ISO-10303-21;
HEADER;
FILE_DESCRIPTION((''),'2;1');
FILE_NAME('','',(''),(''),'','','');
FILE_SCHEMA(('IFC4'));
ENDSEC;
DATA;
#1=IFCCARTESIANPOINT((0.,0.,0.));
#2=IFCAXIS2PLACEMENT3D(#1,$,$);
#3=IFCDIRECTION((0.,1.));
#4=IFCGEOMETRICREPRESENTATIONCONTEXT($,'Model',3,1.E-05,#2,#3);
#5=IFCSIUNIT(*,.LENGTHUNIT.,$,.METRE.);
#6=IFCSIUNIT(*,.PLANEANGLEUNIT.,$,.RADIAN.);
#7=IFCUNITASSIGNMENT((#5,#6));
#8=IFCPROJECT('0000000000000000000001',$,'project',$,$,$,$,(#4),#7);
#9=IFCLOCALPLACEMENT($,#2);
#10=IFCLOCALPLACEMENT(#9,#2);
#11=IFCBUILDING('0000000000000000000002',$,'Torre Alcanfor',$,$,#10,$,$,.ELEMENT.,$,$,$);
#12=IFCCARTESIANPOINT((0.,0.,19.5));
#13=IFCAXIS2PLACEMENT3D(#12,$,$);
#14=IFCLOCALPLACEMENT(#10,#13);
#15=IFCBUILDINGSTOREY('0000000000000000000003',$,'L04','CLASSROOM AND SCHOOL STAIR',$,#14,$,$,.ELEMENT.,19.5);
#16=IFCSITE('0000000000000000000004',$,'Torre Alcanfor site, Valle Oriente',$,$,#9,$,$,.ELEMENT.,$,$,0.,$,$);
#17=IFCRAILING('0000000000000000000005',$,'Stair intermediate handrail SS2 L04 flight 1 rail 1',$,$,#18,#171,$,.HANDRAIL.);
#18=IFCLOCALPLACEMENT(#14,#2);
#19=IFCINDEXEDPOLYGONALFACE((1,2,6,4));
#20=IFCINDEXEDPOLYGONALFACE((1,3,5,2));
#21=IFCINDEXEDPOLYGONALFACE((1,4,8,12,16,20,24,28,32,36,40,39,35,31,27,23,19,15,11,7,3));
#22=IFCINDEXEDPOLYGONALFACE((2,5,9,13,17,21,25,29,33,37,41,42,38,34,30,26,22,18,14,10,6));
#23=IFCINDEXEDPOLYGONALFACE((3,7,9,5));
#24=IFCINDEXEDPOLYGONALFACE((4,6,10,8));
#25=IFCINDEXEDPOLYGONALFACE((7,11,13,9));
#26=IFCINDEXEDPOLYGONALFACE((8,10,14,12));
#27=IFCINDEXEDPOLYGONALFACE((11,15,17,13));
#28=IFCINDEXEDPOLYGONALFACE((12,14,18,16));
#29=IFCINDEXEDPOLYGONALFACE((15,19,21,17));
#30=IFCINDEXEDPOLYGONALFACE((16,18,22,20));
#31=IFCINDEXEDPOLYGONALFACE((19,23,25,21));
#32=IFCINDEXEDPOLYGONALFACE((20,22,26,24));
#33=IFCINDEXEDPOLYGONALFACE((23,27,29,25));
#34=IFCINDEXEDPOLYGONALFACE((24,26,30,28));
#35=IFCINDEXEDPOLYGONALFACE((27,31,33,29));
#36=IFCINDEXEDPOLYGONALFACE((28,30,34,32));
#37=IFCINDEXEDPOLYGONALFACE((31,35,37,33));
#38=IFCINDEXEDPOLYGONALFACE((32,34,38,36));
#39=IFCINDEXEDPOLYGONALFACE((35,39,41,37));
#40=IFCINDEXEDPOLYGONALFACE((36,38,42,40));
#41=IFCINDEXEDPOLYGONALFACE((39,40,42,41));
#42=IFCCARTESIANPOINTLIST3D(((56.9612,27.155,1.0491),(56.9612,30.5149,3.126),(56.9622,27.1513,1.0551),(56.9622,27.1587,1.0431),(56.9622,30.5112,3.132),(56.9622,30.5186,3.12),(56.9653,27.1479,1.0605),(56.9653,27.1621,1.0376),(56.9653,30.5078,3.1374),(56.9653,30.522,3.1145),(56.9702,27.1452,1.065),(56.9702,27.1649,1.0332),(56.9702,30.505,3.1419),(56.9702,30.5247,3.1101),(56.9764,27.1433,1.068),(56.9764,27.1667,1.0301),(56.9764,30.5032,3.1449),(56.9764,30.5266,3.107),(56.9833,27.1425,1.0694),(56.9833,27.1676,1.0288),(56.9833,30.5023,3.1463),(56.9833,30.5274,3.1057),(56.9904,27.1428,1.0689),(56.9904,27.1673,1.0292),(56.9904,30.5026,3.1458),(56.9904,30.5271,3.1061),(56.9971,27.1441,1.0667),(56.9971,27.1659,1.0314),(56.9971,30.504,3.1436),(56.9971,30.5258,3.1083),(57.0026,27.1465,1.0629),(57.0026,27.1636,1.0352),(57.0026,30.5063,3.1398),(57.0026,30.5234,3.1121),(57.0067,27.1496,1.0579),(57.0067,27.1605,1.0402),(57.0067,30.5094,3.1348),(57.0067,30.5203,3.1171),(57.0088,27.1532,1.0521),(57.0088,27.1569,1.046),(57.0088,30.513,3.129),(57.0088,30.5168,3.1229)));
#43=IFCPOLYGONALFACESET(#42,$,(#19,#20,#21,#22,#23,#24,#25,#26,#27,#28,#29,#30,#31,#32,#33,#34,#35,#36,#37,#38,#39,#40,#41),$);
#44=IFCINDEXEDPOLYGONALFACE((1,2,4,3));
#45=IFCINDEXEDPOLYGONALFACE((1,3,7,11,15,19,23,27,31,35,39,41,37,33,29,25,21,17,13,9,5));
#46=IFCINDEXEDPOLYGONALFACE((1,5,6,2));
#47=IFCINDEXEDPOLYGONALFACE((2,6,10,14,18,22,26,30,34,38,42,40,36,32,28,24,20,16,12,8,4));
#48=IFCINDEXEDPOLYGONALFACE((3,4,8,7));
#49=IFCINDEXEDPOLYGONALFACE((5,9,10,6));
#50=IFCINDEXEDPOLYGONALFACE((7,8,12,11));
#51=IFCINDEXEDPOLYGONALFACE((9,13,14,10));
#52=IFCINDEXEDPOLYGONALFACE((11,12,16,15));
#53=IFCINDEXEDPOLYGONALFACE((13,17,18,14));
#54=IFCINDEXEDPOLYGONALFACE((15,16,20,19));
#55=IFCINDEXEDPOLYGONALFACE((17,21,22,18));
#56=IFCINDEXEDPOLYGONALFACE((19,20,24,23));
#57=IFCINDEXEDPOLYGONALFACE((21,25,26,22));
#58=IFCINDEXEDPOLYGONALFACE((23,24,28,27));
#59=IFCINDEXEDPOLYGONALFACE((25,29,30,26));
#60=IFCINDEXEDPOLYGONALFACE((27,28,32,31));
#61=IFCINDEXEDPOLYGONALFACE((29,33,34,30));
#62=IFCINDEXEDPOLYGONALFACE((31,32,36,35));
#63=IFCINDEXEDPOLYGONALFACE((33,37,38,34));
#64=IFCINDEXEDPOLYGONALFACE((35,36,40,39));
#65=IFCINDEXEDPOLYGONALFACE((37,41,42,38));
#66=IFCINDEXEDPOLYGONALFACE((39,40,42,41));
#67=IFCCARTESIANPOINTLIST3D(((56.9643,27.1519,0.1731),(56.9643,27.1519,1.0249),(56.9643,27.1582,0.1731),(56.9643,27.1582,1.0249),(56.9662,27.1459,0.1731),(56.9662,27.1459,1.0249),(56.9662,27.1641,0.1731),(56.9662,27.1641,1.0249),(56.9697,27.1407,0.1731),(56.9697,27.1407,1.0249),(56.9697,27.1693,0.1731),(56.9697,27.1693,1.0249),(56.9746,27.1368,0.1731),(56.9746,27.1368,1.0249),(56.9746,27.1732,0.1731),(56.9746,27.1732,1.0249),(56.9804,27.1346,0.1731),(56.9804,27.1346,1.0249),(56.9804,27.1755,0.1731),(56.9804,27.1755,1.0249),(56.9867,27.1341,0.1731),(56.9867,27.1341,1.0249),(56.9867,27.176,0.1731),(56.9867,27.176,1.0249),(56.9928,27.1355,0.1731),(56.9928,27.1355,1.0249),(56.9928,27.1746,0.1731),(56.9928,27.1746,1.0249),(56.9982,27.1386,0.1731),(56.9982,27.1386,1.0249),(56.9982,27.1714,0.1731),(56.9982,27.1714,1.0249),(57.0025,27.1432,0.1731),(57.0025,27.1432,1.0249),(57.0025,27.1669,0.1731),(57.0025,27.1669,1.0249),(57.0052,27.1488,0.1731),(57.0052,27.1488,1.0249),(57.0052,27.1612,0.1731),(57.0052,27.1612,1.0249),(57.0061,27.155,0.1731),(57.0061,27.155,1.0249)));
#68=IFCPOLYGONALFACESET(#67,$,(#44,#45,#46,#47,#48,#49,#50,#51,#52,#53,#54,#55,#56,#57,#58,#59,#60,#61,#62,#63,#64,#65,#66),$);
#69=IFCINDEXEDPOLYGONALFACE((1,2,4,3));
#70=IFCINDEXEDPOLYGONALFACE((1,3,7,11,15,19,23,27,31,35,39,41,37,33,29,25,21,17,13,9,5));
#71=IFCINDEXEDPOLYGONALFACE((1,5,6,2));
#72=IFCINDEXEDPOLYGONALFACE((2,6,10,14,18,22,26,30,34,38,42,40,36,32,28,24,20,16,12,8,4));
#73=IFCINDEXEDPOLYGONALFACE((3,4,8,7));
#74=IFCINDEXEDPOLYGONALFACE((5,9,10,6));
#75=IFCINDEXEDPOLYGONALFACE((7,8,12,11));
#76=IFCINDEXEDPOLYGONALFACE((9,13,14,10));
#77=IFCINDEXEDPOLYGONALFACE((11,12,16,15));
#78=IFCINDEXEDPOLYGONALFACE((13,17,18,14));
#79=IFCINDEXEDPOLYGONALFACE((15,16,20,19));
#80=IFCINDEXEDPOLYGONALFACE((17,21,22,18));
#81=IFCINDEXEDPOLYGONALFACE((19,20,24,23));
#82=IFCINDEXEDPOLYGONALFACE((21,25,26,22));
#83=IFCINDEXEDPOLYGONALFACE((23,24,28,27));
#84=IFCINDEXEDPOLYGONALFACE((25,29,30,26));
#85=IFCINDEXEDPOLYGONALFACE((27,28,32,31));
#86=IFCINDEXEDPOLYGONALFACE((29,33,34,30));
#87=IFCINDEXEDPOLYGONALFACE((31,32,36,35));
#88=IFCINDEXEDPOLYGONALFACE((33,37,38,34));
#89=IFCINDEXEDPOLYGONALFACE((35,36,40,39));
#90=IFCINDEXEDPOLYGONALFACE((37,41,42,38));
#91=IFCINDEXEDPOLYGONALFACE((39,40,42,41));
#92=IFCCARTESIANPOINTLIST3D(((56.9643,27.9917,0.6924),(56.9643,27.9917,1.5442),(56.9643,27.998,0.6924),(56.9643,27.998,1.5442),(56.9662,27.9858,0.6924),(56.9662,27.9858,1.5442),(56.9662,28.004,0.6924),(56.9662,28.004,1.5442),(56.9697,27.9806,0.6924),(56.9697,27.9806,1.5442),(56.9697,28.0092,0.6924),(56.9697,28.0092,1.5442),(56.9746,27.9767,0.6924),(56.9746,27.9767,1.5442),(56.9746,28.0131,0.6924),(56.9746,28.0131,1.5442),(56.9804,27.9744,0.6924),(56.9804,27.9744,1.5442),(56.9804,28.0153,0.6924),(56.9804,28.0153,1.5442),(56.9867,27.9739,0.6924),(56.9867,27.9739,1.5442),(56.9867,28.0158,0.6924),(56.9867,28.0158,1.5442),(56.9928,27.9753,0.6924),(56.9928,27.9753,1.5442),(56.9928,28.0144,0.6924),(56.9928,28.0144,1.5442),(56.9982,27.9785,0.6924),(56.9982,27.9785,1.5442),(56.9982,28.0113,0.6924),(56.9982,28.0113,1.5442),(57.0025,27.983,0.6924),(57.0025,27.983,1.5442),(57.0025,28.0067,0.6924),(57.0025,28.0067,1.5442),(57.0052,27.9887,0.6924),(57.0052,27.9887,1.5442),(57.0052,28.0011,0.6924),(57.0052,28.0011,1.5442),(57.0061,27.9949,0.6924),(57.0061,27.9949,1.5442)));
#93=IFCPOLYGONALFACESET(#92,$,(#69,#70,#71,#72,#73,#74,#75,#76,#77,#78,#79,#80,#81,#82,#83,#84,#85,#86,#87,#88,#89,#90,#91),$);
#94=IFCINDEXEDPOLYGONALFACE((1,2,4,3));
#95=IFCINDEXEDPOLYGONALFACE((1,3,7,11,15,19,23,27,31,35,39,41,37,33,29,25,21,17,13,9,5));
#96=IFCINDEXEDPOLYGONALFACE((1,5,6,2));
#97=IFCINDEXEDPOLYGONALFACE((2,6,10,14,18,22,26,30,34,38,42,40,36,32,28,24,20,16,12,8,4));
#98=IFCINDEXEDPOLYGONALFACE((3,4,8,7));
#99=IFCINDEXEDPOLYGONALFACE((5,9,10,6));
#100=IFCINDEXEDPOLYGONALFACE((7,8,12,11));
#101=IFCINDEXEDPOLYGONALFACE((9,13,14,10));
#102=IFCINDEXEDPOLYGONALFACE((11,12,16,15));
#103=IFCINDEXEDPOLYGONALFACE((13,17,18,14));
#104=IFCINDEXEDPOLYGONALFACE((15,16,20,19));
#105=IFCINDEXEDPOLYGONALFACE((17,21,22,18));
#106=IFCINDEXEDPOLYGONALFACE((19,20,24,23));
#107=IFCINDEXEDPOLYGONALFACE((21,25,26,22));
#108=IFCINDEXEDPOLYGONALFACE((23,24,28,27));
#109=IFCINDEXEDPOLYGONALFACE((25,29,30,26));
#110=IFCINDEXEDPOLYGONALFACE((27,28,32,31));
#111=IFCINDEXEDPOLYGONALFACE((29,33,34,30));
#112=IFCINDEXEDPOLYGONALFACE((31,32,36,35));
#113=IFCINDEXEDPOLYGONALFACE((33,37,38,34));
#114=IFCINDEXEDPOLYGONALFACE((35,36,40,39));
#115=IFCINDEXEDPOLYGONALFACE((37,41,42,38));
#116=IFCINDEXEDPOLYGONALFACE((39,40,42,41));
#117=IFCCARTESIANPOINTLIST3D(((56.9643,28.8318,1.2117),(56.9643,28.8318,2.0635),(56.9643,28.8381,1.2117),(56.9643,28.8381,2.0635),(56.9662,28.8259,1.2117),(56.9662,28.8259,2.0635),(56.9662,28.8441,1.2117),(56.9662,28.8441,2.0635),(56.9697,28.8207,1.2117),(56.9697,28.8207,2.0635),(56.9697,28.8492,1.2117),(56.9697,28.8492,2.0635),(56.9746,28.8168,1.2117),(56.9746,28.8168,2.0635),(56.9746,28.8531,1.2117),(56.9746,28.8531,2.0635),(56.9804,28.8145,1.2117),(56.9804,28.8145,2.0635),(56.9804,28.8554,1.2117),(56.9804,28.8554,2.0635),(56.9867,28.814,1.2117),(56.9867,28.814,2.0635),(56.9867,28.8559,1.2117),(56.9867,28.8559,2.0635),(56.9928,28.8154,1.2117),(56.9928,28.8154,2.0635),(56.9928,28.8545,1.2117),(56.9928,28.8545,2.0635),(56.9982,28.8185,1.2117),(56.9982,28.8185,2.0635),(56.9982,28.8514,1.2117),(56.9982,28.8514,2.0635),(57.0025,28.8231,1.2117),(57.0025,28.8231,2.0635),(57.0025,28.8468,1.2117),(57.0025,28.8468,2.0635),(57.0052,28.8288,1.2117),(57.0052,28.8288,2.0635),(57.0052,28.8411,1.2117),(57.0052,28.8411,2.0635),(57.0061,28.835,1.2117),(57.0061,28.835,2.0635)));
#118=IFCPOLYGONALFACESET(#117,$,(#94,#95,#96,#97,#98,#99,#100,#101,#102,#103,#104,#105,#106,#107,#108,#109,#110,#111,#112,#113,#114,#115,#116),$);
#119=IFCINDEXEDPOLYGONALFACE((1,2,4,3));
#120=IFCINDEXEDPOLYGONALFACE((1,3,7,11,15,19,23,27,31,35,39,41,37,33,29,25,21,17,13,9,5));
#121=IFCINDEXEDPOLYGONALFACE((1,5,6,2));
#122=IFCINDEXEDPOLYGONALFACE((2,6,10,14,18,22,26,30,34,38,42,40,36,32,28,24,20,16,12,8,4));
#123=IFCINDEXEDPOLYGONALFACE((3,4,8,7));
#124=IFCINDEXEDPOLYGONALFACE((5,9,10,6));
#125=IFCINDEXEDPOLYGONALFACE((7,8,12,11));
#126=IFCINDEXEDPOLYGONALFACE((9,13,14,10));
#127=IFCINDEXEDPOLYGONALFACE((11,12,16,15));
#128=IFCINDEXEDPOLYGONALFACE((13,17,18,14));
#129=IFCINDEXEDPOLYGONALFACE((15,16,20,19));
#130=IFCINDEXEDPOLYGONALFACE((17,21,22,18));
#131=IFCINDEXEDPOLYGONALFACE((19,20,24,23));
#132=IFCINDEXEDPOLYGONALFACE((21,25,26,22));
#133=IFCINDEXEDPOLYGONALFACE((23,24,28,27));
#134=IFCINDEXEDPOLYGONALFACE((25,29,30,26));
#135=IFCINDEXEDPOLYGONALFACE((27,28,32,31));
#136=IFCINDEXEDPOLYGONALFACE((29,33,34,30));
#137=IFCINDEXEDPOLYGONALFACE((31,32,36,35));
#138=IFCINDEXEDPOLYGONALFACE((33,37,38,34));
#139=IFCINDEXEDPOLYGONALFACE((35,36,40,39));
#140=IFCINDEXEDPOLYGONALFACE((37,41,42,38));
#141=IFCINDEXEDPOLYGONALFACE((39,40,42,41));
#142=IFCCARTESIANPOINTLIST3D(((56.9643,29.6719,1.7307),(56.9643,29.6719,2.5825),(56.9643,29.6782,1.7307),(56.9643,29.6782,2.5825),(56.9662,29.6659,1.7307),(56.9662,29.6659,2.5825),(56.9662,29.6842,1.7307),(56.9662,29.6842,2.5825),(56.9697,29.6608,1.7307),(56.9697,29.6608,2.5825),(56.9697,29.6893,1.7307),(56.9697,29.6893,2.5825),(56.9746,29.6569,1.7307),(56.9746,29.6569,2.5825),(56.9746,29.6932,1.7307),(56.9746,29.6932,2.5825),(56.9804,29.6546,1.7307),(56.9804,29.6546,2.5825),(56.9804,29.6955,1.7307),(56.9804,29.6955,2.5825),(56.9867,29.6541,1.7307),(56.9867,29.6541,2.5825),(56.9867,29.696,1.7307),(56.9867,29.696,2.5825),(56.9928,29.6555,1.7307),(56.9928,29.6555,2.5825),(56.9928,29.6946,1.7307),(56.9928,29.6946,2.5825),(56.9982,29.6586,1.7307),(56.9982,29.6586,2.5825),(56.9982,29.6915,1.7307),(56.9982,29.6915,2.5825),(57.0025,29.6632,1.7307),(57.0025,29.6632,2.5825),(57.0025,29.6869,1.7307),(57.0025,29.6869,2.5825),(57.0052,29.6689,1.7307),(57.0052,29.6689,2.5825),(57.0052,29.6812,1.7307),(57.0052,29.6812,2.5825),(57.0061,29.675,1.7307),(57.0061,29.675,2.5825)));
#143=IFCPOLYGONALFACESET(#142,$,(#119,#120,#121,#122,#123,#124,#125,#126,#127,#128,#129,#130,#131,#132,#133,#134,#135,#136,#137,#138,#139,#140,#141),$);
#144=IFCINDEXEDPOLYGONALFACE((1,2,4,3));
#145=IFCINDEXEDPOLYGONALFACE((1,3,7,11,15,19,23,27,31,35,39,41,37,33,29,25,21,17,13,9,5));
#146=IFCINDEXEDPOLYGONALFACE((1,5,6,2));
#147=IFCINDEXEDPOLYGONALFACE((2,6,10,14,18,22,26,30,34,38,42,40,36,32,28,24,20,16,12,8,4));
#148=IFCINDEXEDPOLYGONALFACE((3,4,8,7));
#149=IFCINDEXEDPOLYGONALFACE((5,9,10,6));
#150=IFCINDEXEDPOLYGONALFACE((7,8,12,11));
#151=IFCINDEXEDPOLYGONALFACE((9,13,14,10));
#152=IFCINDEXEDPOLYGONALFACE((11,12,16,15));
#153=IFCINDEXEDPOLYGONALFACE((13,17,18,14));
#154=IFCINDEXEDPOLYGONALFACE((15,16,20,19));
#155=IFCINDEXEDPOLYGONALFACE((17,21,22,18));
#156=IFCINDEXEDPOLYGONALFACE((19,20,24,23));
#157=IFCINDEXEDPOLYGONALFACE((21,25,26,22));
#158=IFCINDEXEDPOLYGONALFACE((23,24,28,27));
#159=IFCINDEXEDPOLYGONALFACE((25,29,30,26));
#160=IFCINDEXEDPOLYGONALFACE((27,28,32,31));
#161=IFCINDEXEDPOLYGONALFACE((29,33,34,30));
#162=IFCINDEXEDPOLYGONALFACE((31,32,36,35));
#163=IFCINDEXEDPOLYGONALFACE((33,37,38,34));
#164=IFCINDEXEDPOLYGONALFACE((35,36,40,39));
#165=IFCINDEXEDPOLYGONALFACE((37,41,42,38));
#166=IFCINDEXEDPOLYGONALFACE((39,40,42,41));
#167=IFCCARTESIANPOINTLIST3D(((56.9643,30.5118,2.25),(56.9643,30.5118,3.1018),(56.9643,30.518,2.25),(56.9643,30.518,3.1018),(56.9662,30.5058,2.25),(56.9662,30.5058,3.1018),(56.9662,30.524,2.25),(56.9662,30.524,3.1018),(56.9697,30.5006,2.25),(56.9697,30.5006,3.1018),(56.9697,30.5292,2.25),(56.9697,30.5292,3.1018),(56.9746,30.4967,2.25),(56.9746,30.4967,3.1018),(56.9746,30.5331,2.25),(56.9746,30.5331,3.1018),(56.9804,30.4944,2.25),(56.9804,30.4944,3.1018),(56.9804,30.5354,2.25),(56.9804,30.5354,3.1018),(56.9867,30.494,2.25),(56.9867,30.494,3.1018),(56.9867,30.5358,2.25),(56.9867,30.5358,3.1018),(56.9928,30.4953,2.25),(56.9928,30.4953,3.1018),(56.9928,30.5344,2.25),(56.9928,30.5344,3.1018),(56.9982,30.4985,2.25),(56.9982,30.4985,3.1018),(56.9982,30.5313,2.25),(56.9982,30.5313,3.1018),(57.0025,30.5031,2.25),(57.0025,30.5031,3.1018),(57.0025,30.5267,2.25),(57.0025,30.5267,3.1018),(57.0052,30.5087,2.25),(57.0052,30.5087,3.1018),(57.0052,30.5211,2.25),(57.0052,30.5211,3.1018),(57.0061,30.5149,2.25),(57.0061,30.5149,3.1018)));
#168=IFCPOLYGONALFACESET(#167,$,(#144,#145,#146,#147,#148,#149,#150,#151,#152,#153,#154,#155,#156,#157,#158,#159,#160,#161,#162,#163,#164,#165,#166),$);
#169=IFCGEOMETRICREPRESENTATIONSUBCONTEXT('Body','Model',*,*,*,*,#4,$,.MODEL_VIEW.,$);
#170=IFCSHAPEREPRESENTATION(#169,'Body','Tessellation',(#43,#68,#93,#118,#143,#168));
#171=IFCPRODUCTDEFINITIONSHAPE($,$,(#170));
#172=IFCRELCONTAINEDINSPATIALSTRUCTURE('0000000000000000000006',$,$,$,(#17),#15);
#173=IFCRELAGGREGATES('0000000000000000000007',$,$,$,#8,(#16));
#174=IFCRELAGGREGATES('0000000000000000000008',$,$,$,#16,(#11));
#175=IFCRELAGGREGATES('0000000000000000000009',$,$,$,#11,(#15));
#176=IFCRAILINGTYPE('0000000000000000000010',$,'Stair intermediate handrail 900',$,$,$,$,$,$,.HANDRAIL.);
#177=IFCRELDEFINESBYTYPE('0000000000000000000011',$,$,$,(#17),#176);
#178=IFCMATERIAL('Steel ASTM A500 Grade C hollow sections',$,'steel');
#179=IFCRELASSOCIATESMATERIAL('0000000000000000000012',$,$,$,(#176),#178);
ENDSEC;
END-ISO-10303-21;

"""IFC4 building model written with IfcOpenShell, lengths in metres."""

from ifc_helpers import new_model, si_unit, direction, frame, origin, origin_2d, place, context, subcontext, project, spatial, circle, extrude, material, type_object, element, save


model = new_model("IFC4")

# Units and contexts
model_context = context("Model", 3, precision=1e-05, world=origin(), true_north=direction((0.0, 1.0)))
body_context = subcontext(model_context, "Body", "Model", "MODEL_VIEW")
ifc_project = project(units=[si_unit("LENGTHUNIT", "METRE"), si_unit("PLANEANGLEUNIT", "RADIAN")], contexts=[model_context])

# Site, building, storey
site_placement = place(None, origin())
site = spatial("IfcSite", under=ifc_project, at=site_placement, Name="Torre Alcanfor site, Valle Oriente", CompositionType="ELEMENT", RefElevation=0.0)
building_placement = place(site_placement, origin())
building = spatial("IfcBuilding", under=site, at=building_placement, Name="Torre Alcanfor", CompositionType="ELEMENT")
storey_placement = place(building_placement, frame((0.0, 0.0, 19.5)))
storey = spatial("IfcBuildingStorey", under=building, at=storey_placement, Name="L04", Description="CLASSROOM AND SCHOOL STAIR", CompositionType="ELEMENT", Elevation=19.5)

# Railing
ifc_material_1 = material(Name="Steel ASTM A500 Grade C hollow sections", Category="steel")
railing_type_1 = type_object("IfcRailingType", Name="Stair intermediate handrail 900", PredefinedType="HANDRAIL", material=ifc_material_1)
railing_1_placement = place(storey_placement, frame((56.9851, 27.155, 0.1731)))
element("IfcRailing", 1, at=railing_1_placement, inside=storey, type_object=railing_type_1, Name="Stair intermediate handrail SS2 L04 flight 1 rail 1", PredefinedType="HANDRAIL", context=body_context, shape_type="SweptSolid", body=[
    extrude(circle(Radius=0.0239, at=origin_2d()), frame((0.0, 0.0, 0.876), z_axis=(0.0, 0.850606, 0.525803), x_axis=(-1.0, 0.0, 0.0)), (0.0, 0.0, 1.0), 3.95),
    extrude(circle(Radius=0.021, at=origin_2d()), origin(), (0.0, 0.0, 1.0), 0.8518),
    extrude(circle(Radius=0.021, at=origin_2d()), frame((0.0, 0.8398, 0.5193)), (0.0, 0.0, 1.0), 0.8518),
    extrude(circle(Radius=0.021, at=origin_2d()), frame((0.0, 1.6799, 1.0386)), (0.0, 0.0, 1.0), 0.8518),
    extrude(circle(Radius=0.021, at=origin_2d()), frame((0.0, 2.52, 1.5576)), (0.0, 0.0, 1.0), 0.8518),
    extrude(circle(Radius=0.021, at=origin_2d()), frame((0.0, 3.3599, 2.0769)), (0.0, 0.0, 1.0), 0.8518),
])

save(model, "model.ifc")
